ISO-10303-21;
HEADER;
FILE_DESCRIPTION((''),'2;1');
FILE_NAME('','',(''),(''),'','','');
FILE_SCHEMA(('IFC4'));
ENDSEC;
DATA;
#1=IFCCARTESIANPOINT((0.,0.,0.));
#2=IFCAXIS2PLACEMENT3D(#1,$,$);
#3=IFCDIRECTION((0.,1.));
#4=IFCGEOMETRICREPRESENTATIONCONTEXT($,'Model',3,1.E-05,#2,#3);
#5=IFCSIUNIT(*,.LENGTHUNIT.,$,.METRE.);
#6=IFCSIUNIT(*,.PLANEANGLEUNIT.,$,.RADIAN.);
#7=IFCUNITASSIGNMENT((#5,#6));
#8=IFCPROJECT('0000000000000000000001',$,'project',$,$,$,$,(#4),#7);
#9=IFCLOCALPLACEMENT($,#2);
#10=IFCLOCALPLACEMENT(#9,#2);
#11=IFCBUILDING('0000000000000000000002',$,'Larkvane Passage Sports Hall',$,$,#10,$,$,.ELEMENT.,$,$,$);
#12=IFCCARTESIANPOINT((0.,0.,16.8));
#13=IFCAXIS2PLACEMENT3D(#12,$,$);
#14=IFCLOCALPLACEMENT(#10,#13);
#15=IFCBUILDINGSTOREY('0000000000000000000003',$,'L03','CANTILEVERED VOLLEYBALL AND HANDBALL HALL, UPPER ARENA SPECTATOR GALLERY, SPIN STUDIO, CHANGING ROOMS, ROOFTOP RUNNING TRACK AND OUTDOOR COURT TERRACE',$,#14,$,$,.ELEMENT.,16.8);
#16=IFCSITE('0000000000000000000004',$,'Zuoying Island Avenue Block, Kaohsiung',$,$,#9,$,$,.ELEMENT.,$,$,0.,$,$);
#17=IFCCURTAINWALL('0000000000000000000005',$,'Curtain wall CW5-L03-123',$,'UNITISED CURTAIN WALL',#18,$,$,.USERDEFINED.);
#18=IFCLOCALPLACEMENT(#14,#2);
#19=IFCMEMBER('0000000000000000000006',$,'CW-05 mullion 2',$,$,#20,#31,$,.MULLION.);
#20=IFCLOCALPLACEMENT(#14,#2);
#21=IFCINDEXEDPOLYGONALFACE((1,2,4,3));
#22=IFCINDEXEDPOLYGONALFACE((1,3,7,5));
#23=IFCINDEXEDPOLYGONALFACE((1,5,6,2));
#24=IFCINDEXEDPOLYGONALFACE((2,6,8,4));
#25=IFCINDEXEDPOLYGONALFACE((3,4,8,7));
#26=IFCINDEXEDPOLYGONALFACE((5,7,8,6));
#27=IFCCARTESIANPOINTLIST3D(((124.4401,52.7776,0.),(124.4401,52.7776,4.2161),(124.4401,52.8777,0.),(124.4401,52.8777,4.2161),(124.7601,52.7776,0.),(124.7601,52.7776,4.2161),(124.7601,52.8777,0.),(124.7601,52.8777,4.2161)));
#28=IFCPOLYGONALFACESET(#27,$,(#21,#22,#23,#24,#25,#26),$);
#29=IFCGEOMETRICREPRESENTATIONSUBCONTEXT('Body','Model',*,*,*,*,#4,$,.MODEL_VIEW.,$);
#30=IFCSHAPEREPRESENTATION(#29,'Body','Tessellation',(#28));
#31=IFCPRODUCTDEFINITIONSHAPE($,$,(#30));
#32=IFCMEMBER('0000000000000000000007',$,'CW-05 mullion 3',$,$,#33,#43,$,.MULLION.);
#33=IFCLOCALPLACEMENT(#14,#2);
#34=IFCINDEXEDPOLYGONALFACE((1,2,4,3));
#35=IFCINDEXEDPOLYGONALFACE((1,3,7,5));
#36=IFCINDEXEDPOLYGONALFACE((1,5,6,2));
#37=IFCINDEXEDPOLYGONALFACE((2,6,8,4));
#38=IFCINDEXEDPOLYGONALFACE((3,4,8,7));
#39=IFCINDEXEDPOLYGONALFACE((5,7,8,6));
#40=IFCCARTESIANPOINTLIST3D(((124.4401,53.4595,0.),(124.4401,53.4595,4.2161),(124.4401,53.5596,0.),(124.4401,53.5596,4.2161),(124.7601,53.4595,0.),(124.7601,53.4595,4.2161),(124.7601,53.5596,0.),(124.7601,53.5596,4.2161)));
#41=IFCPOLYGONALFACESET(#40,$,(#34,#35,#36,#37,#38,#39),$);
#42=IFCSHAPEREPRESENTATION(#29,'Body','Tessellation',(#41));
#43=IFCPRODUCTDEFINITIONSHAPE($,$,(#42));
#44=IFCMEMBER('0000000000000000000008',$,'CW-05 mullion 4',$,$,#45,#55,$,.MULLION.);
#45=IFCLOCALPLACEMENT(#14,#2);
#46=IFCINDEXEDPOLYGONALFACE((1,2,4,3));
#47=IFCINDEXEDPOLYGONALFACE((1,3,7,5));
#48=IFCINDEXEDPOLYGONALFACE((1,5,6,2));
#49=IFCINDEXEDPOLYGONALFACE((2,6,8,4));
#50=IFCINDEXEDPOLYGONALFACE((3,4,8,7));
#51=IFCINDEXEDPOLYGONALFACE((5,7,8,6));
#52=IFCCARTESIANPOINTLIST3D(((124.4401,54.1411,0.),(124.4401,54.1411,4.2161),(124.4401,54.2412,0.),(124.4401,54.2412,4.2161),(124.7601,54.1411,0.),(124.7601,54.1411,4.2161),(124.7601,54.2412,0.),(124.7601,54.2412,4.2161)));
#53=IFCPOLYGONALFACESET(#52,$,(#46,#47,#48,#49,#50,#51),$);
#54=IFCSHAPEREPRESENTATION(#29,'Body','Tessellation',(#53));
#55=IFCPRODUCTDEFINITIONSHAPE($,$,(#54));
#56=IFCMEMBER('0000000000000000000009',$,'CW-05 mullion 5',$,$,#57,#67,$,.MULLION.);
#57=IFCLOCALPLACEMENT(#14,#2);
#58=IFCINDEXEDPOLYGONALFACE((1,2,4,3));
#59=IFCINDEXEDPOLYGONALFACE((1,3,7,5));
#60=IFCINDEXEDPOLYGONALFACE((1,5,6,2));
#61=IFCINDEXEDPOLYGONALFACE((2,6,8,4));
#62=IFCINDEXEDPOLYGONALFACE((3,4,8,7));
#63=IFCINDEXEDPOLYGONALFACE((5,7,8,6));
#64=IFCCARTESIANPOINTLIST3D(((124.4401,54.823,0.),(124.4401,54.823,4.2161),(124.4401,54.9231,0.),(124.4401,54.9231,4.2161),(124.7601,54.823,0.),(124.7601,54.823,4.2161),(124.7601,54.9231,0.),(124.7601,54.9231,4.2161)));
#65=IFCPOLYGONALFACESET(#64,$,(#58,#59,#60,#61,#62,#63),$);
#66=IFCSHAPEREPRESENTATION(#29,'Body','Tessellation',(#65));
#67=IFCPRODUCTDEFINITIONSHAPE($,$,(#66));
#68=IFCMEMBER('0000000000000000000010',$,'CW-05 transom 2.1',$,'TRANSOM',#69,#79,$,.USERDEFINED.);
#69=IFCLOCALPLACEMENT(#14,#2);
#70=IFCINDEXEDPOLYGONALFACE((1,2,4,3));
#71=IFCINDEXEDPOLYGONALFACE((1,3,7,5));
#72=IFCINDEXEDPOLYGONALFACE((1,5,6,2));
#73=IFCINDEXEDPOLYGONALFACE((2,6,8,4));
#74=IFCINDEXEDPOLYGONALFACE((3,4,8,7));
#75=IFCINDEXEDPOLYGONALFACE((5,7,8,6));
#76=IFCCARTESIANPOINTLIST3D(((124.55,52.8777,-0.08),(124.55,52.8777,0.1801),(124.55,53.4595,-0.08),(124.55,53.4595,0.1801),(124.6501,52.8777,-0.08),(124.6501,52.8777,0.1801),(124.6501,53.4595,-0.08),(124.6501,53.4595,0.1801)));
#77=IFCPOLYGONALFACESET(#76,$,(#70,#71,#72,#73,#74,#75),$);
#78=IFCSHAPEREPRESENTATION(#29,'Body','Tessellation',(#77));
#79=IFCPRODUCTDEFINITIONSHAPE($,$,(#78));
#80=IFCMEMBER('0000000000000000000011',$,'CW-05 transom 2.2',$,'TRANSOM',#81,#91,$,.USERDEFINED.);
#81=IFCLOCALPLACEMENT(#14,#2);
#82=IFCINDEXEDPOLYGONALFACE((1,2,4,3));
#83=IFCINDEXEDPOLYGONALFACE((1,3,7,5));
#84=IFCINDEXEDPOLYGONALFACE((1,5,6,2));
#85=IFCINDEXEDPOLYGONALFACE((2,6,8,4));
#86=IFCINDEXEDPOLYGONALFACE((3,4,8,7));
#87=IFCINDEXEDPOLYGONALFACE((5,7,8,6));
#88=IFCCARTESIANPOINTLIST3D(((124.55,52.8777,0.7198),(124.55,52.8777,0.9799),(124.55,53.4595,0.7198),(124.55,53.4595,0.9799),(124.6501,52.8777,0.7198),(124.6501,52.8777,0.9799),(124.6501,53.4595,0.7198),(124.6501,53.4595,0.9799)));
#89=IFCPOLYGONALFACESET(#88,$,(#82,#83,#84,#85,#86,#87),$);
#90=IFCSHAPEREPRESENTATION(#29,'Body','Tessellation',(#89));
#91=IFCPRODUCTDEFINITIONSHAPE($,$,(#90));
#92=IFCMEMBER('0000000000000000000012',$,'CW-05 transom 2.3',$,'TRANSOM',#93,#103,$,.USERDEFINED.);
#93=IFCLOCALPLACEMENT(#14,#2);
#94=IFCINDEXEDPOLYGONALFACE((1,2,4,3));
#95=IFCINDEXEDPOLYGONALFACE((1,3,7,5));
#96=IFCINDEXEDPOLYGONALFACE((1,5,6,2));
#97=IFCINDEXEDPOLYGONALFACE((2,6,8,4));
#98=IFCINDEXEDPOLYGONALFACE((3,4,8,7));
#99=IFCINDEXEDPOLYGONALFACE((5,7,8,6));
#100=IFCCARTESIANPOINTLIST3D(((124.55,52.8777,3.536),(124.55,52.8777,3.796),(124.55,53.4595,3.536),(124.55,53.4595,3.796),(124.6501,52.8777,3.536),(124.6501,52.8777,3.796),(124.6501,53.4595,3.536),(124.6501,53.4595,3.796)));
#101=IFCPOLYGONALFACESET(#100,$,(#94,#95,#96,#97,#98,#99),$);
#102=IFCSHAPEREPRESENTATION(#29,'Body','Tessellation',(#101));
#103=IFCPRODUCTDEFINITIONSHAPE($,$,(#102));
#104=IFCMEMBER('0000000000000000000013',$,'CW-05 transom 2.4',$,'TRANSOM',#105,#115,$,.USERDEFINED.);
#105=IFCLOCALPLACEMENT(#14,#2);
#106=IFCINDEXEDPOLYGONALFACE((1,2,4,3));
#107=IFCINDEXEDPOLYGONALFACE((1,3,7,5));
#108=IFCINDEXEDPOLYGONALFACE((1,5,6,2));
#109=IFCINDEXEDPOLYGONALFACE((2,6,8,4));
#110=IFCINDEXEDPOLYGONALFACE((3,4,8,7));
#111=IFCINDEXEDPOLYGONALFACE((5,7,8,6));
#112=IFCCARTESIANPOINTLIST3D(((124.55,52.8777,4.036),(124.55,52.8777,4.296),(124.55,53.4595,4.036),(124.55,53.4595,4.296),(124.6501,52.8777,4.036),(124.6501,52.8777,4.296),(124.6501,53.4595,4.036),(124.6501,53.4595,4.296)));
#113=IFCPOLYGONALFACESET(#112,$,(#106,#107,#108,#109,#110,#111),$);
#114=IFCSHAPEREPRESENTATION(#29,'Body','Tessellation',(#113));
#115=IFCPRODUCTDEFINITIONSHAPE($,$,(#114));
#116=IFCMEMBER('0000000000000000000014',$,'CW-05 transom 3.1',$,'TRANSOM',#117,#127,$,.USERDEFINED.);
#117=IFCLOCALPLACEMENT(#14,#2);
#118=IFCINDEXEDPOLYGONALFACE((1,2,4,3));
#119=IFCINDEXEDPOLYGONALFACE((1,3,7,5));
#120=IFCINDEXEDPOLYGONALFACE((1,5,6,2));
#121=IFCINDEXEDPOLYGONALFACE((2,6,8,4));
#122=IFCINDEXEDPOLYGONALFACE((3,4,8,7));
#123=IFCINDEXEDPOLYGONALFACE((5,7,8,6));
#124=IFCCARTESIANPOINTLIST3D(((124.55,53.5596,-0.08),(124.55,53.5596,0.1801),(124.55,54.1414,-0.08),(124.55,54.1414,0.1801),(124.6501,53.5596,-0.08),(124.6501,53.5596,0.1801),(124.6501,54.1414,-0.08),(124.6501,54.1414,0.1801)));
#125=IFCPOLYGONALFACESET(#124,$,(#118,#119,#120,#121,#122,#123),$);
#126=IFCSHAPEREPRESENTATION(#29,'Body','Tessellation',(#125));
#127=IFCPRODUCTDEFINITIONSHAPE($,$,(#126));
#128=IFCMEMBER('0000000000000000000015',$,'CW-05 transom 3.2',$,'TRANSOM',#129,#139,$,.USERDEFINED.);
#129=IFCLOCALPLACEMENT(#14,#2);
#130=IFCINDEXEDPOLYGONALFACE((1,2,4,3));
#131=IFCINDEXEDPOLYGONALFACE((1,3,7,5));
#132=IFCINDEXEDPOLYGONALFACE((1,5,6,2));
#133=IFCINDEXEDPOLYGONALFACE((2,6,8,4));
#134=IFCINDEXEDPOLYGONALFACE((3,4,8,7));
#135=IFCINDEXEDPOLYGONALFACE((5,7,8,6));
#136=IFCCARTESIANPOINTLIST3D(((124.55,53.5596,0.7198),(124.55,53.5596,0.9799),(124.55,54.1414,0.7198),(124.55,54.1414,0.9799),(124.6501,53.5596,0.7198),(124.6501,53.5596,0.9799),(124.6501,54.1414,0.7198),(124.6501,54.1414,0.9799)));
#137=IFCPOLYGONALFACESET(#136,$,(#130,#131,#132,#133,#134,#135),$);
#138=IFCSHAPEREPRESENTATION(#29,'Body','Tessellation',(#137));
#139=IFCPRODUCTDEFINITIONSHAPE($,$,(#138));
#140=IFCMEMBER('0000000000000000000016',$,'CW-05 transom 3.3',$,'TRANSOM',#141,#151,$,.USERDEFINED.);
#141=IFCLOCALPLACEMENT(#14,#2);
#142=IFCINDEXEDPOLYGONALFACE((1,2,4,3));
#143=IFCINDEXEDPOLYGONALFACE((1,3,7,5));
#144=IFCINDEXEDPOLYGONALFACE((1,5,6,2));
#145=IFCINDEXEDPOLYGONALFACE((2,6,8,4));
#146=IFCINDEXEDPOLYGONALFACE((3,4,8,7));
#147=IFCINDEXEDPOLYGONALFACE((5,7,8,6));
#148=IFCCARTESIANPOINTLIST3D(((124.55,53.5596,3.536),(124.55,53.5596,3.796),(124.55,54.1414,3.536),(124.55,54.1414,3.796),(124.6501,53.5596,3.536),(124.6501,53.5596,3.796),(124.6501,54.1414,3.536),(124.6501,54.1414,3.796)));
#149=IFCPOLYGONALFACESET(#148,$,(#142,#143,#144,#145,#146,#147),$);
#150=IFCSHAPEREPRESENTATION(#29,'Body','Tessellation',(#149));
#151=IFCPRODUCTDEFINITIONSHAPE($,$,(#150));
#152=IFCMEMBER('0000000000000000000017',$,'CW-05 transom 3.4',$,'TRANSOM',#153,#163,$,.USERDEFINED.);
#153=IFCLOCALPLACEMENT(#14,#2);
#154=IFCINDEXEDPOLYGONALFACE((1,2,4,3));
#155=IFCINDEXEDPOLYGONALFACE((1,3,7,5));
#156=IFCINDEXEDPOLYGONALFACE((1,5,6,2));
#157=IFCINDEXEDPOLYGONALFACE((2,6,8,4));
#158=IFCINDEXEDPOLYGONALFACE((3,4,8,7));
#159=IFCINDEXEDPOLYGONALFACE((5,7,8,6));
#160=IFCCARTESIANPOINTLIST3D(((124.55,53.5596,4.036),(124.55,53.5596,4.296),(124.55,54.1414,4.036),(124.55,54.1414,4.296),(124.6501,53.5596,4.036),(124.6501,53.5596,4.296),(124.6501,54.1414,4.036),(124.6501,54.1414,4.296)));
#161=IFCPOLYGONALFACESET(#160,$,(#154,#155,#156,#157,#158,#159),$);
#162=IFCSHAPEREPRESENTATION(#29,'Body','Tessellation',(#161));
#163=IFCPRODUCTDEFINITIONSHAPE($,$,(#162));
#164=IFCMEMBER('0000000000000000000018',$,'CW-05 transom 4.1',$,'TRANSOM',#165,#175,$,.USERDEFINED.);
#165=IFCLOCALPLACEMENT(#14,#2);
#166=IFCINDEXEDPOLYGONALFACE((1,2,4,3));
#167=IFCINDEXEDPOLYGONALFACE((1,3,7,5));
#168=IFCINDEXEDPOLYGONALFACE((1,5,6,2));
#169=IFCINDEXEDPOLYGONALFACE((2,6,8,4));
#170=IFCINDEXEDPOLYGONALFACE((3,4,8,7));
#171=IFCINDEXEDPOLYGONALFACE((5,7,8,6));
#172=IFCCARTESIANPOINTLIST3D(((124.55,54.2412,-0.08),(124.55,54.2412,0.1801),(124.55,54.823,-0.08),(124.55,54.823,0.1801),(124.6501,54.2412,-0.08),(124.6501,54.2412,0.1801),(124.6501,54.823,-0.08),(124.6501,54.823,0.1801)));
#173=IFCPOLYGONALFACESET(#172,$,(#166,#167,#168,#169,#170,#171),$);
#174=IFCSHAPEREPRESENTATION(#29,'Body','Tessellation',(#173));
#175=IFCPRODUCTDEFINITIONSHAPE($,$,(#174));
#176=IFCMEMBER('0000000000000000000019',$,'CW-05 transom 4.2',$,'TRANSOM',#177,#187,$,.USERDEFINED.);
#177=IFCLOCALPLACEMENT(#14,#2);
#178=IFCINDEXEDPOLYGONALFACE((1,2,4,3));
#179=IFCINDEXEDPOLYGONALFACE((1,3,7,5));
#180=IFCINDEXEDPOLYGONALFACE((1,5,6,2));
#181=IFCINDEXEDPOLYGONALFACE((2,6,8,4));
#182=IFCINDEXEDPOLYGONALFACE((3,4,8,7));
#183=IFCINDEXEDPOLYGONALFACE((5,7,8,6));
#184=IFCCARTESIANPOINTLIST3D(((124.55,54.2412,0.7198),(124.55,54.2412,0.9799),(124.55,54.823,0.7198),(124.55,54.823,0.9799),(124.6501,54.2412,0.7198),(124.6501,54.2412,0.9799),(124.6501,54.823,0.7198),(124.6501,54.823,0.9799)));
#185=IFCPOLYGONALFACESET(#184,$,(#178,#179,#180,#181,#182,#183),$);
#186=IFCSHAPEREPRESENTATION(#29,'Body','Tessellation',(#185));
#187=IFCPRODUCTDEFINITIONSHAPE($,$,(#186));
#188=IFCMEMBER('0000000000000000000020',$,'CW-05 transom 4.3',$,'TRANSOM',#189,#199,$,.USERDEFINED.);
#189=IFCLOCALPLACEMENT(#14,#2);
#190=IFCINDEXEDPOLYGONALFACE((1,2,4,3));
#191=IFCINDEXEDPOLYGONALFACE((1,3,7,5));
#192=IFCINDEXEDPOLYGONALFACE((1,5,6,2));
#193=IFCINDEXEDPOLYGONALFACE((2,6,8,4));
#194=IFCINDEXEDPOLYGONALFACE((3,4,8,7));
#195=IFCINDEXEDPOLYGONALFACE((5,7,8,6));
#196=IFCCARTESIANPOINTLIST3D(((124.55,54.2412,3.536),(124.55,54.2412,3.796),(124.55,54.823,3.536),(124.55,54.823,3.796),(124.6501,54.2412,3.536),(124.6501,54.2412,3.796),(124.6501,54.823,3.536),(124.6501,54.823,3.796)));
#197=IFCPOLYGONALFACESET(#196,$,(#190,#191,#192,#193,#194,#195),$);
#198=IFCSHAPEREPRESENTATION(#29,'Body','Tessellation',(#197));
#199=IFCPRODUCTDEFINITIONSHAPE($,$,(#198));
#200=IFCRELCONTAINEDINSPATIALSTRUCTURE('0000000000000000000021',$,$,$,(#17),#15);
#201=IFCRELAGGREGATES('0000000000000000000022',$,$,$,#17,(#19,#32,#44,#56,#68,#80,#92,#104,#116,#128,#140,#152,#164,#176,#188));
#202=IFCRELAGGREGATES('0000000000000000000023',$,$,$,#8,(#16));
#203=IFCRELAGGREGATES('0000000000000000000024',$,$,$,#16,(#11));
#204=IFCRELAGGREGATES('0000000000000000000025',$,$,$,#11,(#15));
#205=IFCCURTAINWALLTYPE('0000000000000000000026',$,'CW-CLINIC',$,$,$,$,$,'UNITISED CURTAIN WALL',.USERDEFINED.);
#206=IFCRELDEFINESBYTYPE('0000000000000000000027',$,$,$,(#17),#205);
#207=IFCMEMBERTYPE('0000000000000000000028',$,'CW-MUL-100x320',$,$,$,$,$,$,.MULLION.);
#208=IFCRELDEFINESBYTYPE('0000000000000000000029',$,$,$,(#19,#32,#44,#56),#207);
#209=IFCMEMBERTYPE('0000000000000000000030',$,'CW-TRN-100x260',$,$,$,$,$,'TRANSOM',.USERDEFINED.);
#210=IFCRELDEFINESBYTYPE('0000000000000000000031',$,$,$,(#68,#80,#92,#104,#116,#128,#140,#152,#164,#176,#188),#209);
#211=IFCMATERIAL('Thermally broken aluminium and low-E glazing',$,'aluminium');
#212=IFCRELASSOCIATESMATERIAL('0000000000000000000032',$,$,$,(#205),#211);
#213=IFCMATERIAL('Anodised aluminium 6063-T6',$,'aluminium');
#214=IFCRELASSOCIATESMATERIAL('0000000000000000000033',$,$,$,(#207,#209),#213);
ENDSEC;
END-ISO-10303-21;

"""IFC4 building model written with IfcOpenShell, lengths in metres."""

from ifc_helpers import new_model, si_unit, direction, frame, origin, origin_2d, place, context, subcontext, project, spatial, rectangle, extrude, material, material_profile, profile_set, type_object, element, aggregate, save


model = new_model("IFC4")

# Units and contexts
model_context = context("Model", 3, precision=1e-05, world=origin(), true_north=direction((0.0, 1.0)))
body_context = subcontext(model_context, "Body", "Model", "MODEL_VIEW")
ifc_project = project(units=[si_unit("LENGTHUNIT", "METRE"), si_unit("PLANEANGLEUNIT", "RADIAN")], contexts=[model_context])

# Site, building, storey
site_placement = place(None, origin())
site = spatial("IfcSite", under=ifc_project, at=site_placement, Name="Zuoying Island Avenue Block, Kaohsiung", CompositionType="ELEMENT", RefElevation=0.0)
building_placement = place(site_placement, origin())
building = spatial("IfcBuilding", under=site, at=building_placement, Name="Larkvane Passage Sports Hall", CompositionType="ELEMENT")
storey_placement = place(building_placement, frame((0.0, 0.0, 16.8)))
storey = spatial("IfcBuildingStorey", under=building, at=storey_placement, Name="L03", Description="CANTILEVERED VOLLEYBALL AND HANDBALL HALL, UPPER ARENA SPECTATOR GALLERY, SPIN STUDIO, CHANGING ROOMS, ROOFTOP RUNNING TRACK AND OUTDOOR COURT TERRACE", CompositionType="ELEMENT", Elevation=16.8)

# Curtain wall, members
ifc_material_1 = material(Name="Thermally broken aluminium and low-E glazing", Category="aluminium")
curtain_wall_type = type_object("IfcCurtainWallType", Name="CW-CLINIC", ElementType="UNITISED CURTAIN WALL", PredefinedType="USERDEFINED", material=ifc_material_1)
curtain_wall_placement = place(storey_placement, origin())
curtain_wall = element("IfcCurtainWall", 1, at=curtain_wall_placement, inside=storey, type_object=curtain_wall_type, Name="Curtain wall CW5-L03-123", ObjectType="UNITISED CURTAIN WALL", PredefinedType="USERDEFINED")
ifc_material_2 = material(Name="Anodised aluminium 6063-T6", Category="aluminium")
ifc_material_profile_1 = material_profile(ifc_material_2, rectangle(XDim=0.1001, YDim=0.3201, at=origin_2d()), Name="ALU-MUL-100x320")
ifc_profile_set_1 = profile_set([ifc_material_profile_1], Name="Anodised aluminium 6063-T6")
member_type_1 = type_object("IfcMemberType", Name="CW-MUL-100x320", PredefinedType="MULLION", material=ifc_profile_set_1)
member_1_placement = place(storey_placement, frame((124.6001, 52.8276, 0.0), z_axis=(0.0, 0.0, 1.0), x_axis=(0.0, 1.0, 0.0)))
member_1 = element("IfcMember", 2, at=member_1_placement, type_object=member_type_1, Name="CW-05 mullion 2", PredefinedType="MULLION", context=body_context, shape_type="SweptSolid", body=[
    extrude(rectangle(XDim=0.1001, YDim=0.3201, at=origin_2d()), origin(), (0.0, 0.0, 1.0), 4.2161),
])
member_2_placement = place(storey_placement, frame((124.6001, 53.5095, 0.0), z_axis=(0.0, 0.0, 1.0), x_axis=(0.0, 1.0, 0.0)))
member_2 = element("IfcMember", 3, at=member_2_placement, type_object=member_type_1, Name="CW-05 mullion 3", PredefinedType="MULLION", context=body_context, shape_type="SweptSolid", body=[
    extrude(rectangle(XDim=0.1001, YDim=0.3201, at=origin_2d()), origin(), (0.0, 0.0, 1.0), 4.2161),
])
member_3_placement = place(storey_placement, frame((124.6001, 54.1912, 0.0), z_axis=(0.0, 0.0, 1.0), x_axis=(0.0, 1.0, 0.0)))
member_3 = element("IfcMember", 4, at=member_3_placement, type_object=member_type_1, Name="CW-05 mullion 4", PredefinedType="MULLION", context=body_context, shape_type="SweptSolid", body=[
    extrude(rectangle(XDim=0.1001, YDim=0.3201, at=origin_2d()), origin(), (0.0, 0.0, 1.0), 4.2161),
])
member_4_placement = place(storey_placement, frame((124.6001, 54.873, 0.0), z_axis=(0.0, 0.0, 1.0), x_axis=(0.0, 1.0, 0.0)))
member_4 = element("IfcMember", 5, at=member_4_placement, type_object=member_type_1, Name="CW-05 mullion 5", PredefinedType="MULLION", context=body_context, shape_type="SweptSolid", body=[
    extrude(rectangle(XDim=0.1001, YDim=0.3201, at=origin_2d()), origin(), (0.0, 0.0, 1.0), 4.2161),
])
ifc_material_profile_2 = material_profile(ifc_material_2, rectangle(XDim=0.1001, YDim=0.26, at=origin_2d()), Name="ALU-TRN-100x260")
ifc_profile_set_2 = profile_set([ifc_material_profile_2], Name="Anodised aluminium 6063-T6")
member_type_2 = type_object("IfcMemberType", Name="CW-TRN-100x260", ElementType="TRANSOM", PredefinedType="USERDEFINED", material=ifc_profile_set_2)
member_5_placement = place(storey_placement, frame((124.6001, 52.8777, 0.05), z_axis=(0.0, 1.0, 0.0), x_axis=(-1.0, 0.0, 0.0)))
member_5 = element("IfcMember", 6, at=member_5_placement, type_object=member_type_2, Name="CW-05 transom 2.1", ObjectType="TRANSOM", PredefinedType="USERDEFINED", context=body_context, shape_type="SweptSolid", body=[
    extrude(rectangle(XDim=0.1001, YDim=0.26, at=origin_2d()), origin(), (0.0, 0.0, 1.0), 0.5818),
])
member_6_placement = place(storey_placement, frame((124.6001, 52.8777, 0.8499), z_axis=(0.0, 1.0, 0.0), x_axis=(-1.0, 0.0, 0.0)))
member_6 = element("IfcMember", 7, at=member_6_placement, type_object=member_type_2, Name="CW-05 transom 2.2", ObjectType="TRANSOM", PredefinedType="USERDEFINED", context=body_context, shape_type="SweptSolid", body=[
    extrude(rectangle(XDim=0.1001, YDim=0.26, at=origin_2d()), origin(), (0.0, 0.0, 1.0), 0.5818),
])
member_7_placement = place(storey_placement, frame((124.6001, 52.8777, 3.666), z_axis=(0.0, 1.0, 0.0), x_axis=(-1.0, 0.0, 0.0)))
member_7 = element("IfcMember", 8, at=member_7_placement, type_object=member_type_2, Name="CW-05 transom 2.3", ObjectType="TRANSOM", PredefinedType="USERDEFINED", context=body_context, shape_type="SweptSolid", body=[
    extrude(rectangle(XDim=0.1001, YDim=0.26, at=origin_2d()), origin(), (0.0, 0.0, 1.0), 0.5818),
])
member_8_placement = place(storey_placement, frame((124.6001, 52.8777, 4.166), z_axis=(0.0, 1.0, 0.0), x_axis=(-1.0, 0.0, 0.0)))
member_8 = element("IfcMember", 9, at=member_8_placement, type_object=member_type_2, Name="CW-05 transom 2.4", ObjectType="TRANSOM", PredefinedType="USERDEFINED", context=body_context, shape_type="SweptSolid", body=[
    extrude(rectangle(XDim=0.1001, YDim=0.26, at=origin_2d()), origin(), (0.0, 0.0, 1.0), 0.5818),
])
member_9_placement = place(storey_placement, frame((124.6001, 53.5596, 0.05), z_axis=(0.0, 1.0, 0.0), x_axis=(-1.0, 0.0, 0.0)))
member_9 = element("IfcMember", 10, at=member_9_placement, type_object=member_type_2, Name="CW-05 transom 3.1", ObjectType="TRANSOM", PredefinedType="USERDEFINED", context=body_context, shape_type="SweptSolid", body=[
    extrude(rectangle(XDim=0.1001, YDim=0.26, at=origin_2d()), origin(), (0.0, 0.0, 1.0), 0.5818),
])
member_10_placement = place(storey_placement, frame((124.6001, 53.5596, 0.8499), z_axis=(0.0, 1.0, 0.0), x_axis=(-1.0, 0.0, 0.0)))
member_10 = element("IfcMember", 11, at=member_10_placement, type_object=member_type_2, Name="CW-05 transom 3.2", ObjectType="TRANSOM", PredefinedType="USERDEFINED", context=body_context, shape_type="SweptSolid", body=[
    extrude(rectangle(XDim=0.1001, YDim=0.26, at=origin_2d()), origin(), (0.0, 0.0, 1.0), 0.5818),
])
member_11_placement = place(storey_placement, frame((124.6001, 53.5596, 3.666), z_axis=(0.0, 1.0, 0.0), x_axis=(-1.0, 0.0, 0.0)))
member_11 = element("IfcMember", 12, at=member_11_placement, type_object=member_type_2, Name="CW-05 transom 3.3", ObjectType="TRANSOM", PredefinedType="USERDEFINED", context=body_context, shape_type="SweptSolid", body=[
    extrude(rectangle(XDim=0.1001, YDim=0.26, at=origin_2d()), origin(), (0.0, 0.0, 1.0), 0.5818),
])
member_12_placement = place(storey_placement, frame((124.6001, 53.5596, 4.166), z_axis=(0.0, 1.0, 0.0), x_axis=(-1.0, 0.0, 0.0)))
member_12 = element("IfcMember", 13, at=member_12_placement, type_object=member_type_2, Name="CW-05 transom 3.4", ObjectType="TRANSOM", PredefinedType="USERDEFINED", context=body_context, shape_type="SweptSolid", body=[
    extrude(rectangle(XDim=0.1001, YDim=0.26, at=origin_2d()), origin(), (0.0, 0.0, 1.0), 0.5818),
])
member_13_placement = place(storey_placement, frame((124.6001, 54.2412, 0.05), z_axis=(0.0, 1.0, 0.0), x_axis=(-1.0, 0.0, 0.0)))
member_13 = element("IfcMember", 14, at=member_13_placement, type_object=member_type_2, Name="CW-05 transom 4.1", ObjectType="TRANSOM", PredefinedType="USERDEFINED", context=body_context, shape_type="SweptSolid", body=[
    extrude(rectangle(XDim=0.1001, YDim=0.26, at=origin_2d()), origin(), (0.0, 0.0, 1.0), 0.5818),
])
member_14_placement = place(storey_placement, frame((124.6001, 54.2412, 0.8499), z_axis=(0.0, 1.0, 0.0), x_axis=(-1.0, 0.0, 0.0)))
member_14 = element("IfcMember", 15, at=member_14_placement, type_object=member_type_2, Name="CW-05 transom 4.2", ObjectType="TRANSOM", PredefinedType="USERDEFINED", context=body_context, shape_type="SweptSolid", body=[
    extrude(rectangle(XDim=0.1001, YDim=0.26, at=origin_2d()), origin(), (0.0, 0.0, 1.0), 0.5818),
])
member_15_placement = place(storey_placement, frame((124.6001, 54.2412, 3.666), z_axis=(0.0, 1.0, 0.0), x_axis=(-1.0, 0.0, 0.0)))
member_15 = element("IfcMember", 16, at=member_15_placement, type_object=member_type_2, Name="CW-05 transom 4.3", ObjectType="TRANSOM", PredefinedType="USERDEFINED", context=body_context, shape_type="SweptSolid", body=[
    extrude(rectangle(XDim=0.1001, YDim=0.26, at=origin_2d()), origin(), (0.0, 0.0, 1.0), 0.5818),
])
aggregate(curtain_wall, [member_1, member_2, member_3, member_4, member_5, member_6, member_7, member_8, member_9, member_10, member_11, member_12, member_13, member_14, member_15])

save(model, "model.ifc")
